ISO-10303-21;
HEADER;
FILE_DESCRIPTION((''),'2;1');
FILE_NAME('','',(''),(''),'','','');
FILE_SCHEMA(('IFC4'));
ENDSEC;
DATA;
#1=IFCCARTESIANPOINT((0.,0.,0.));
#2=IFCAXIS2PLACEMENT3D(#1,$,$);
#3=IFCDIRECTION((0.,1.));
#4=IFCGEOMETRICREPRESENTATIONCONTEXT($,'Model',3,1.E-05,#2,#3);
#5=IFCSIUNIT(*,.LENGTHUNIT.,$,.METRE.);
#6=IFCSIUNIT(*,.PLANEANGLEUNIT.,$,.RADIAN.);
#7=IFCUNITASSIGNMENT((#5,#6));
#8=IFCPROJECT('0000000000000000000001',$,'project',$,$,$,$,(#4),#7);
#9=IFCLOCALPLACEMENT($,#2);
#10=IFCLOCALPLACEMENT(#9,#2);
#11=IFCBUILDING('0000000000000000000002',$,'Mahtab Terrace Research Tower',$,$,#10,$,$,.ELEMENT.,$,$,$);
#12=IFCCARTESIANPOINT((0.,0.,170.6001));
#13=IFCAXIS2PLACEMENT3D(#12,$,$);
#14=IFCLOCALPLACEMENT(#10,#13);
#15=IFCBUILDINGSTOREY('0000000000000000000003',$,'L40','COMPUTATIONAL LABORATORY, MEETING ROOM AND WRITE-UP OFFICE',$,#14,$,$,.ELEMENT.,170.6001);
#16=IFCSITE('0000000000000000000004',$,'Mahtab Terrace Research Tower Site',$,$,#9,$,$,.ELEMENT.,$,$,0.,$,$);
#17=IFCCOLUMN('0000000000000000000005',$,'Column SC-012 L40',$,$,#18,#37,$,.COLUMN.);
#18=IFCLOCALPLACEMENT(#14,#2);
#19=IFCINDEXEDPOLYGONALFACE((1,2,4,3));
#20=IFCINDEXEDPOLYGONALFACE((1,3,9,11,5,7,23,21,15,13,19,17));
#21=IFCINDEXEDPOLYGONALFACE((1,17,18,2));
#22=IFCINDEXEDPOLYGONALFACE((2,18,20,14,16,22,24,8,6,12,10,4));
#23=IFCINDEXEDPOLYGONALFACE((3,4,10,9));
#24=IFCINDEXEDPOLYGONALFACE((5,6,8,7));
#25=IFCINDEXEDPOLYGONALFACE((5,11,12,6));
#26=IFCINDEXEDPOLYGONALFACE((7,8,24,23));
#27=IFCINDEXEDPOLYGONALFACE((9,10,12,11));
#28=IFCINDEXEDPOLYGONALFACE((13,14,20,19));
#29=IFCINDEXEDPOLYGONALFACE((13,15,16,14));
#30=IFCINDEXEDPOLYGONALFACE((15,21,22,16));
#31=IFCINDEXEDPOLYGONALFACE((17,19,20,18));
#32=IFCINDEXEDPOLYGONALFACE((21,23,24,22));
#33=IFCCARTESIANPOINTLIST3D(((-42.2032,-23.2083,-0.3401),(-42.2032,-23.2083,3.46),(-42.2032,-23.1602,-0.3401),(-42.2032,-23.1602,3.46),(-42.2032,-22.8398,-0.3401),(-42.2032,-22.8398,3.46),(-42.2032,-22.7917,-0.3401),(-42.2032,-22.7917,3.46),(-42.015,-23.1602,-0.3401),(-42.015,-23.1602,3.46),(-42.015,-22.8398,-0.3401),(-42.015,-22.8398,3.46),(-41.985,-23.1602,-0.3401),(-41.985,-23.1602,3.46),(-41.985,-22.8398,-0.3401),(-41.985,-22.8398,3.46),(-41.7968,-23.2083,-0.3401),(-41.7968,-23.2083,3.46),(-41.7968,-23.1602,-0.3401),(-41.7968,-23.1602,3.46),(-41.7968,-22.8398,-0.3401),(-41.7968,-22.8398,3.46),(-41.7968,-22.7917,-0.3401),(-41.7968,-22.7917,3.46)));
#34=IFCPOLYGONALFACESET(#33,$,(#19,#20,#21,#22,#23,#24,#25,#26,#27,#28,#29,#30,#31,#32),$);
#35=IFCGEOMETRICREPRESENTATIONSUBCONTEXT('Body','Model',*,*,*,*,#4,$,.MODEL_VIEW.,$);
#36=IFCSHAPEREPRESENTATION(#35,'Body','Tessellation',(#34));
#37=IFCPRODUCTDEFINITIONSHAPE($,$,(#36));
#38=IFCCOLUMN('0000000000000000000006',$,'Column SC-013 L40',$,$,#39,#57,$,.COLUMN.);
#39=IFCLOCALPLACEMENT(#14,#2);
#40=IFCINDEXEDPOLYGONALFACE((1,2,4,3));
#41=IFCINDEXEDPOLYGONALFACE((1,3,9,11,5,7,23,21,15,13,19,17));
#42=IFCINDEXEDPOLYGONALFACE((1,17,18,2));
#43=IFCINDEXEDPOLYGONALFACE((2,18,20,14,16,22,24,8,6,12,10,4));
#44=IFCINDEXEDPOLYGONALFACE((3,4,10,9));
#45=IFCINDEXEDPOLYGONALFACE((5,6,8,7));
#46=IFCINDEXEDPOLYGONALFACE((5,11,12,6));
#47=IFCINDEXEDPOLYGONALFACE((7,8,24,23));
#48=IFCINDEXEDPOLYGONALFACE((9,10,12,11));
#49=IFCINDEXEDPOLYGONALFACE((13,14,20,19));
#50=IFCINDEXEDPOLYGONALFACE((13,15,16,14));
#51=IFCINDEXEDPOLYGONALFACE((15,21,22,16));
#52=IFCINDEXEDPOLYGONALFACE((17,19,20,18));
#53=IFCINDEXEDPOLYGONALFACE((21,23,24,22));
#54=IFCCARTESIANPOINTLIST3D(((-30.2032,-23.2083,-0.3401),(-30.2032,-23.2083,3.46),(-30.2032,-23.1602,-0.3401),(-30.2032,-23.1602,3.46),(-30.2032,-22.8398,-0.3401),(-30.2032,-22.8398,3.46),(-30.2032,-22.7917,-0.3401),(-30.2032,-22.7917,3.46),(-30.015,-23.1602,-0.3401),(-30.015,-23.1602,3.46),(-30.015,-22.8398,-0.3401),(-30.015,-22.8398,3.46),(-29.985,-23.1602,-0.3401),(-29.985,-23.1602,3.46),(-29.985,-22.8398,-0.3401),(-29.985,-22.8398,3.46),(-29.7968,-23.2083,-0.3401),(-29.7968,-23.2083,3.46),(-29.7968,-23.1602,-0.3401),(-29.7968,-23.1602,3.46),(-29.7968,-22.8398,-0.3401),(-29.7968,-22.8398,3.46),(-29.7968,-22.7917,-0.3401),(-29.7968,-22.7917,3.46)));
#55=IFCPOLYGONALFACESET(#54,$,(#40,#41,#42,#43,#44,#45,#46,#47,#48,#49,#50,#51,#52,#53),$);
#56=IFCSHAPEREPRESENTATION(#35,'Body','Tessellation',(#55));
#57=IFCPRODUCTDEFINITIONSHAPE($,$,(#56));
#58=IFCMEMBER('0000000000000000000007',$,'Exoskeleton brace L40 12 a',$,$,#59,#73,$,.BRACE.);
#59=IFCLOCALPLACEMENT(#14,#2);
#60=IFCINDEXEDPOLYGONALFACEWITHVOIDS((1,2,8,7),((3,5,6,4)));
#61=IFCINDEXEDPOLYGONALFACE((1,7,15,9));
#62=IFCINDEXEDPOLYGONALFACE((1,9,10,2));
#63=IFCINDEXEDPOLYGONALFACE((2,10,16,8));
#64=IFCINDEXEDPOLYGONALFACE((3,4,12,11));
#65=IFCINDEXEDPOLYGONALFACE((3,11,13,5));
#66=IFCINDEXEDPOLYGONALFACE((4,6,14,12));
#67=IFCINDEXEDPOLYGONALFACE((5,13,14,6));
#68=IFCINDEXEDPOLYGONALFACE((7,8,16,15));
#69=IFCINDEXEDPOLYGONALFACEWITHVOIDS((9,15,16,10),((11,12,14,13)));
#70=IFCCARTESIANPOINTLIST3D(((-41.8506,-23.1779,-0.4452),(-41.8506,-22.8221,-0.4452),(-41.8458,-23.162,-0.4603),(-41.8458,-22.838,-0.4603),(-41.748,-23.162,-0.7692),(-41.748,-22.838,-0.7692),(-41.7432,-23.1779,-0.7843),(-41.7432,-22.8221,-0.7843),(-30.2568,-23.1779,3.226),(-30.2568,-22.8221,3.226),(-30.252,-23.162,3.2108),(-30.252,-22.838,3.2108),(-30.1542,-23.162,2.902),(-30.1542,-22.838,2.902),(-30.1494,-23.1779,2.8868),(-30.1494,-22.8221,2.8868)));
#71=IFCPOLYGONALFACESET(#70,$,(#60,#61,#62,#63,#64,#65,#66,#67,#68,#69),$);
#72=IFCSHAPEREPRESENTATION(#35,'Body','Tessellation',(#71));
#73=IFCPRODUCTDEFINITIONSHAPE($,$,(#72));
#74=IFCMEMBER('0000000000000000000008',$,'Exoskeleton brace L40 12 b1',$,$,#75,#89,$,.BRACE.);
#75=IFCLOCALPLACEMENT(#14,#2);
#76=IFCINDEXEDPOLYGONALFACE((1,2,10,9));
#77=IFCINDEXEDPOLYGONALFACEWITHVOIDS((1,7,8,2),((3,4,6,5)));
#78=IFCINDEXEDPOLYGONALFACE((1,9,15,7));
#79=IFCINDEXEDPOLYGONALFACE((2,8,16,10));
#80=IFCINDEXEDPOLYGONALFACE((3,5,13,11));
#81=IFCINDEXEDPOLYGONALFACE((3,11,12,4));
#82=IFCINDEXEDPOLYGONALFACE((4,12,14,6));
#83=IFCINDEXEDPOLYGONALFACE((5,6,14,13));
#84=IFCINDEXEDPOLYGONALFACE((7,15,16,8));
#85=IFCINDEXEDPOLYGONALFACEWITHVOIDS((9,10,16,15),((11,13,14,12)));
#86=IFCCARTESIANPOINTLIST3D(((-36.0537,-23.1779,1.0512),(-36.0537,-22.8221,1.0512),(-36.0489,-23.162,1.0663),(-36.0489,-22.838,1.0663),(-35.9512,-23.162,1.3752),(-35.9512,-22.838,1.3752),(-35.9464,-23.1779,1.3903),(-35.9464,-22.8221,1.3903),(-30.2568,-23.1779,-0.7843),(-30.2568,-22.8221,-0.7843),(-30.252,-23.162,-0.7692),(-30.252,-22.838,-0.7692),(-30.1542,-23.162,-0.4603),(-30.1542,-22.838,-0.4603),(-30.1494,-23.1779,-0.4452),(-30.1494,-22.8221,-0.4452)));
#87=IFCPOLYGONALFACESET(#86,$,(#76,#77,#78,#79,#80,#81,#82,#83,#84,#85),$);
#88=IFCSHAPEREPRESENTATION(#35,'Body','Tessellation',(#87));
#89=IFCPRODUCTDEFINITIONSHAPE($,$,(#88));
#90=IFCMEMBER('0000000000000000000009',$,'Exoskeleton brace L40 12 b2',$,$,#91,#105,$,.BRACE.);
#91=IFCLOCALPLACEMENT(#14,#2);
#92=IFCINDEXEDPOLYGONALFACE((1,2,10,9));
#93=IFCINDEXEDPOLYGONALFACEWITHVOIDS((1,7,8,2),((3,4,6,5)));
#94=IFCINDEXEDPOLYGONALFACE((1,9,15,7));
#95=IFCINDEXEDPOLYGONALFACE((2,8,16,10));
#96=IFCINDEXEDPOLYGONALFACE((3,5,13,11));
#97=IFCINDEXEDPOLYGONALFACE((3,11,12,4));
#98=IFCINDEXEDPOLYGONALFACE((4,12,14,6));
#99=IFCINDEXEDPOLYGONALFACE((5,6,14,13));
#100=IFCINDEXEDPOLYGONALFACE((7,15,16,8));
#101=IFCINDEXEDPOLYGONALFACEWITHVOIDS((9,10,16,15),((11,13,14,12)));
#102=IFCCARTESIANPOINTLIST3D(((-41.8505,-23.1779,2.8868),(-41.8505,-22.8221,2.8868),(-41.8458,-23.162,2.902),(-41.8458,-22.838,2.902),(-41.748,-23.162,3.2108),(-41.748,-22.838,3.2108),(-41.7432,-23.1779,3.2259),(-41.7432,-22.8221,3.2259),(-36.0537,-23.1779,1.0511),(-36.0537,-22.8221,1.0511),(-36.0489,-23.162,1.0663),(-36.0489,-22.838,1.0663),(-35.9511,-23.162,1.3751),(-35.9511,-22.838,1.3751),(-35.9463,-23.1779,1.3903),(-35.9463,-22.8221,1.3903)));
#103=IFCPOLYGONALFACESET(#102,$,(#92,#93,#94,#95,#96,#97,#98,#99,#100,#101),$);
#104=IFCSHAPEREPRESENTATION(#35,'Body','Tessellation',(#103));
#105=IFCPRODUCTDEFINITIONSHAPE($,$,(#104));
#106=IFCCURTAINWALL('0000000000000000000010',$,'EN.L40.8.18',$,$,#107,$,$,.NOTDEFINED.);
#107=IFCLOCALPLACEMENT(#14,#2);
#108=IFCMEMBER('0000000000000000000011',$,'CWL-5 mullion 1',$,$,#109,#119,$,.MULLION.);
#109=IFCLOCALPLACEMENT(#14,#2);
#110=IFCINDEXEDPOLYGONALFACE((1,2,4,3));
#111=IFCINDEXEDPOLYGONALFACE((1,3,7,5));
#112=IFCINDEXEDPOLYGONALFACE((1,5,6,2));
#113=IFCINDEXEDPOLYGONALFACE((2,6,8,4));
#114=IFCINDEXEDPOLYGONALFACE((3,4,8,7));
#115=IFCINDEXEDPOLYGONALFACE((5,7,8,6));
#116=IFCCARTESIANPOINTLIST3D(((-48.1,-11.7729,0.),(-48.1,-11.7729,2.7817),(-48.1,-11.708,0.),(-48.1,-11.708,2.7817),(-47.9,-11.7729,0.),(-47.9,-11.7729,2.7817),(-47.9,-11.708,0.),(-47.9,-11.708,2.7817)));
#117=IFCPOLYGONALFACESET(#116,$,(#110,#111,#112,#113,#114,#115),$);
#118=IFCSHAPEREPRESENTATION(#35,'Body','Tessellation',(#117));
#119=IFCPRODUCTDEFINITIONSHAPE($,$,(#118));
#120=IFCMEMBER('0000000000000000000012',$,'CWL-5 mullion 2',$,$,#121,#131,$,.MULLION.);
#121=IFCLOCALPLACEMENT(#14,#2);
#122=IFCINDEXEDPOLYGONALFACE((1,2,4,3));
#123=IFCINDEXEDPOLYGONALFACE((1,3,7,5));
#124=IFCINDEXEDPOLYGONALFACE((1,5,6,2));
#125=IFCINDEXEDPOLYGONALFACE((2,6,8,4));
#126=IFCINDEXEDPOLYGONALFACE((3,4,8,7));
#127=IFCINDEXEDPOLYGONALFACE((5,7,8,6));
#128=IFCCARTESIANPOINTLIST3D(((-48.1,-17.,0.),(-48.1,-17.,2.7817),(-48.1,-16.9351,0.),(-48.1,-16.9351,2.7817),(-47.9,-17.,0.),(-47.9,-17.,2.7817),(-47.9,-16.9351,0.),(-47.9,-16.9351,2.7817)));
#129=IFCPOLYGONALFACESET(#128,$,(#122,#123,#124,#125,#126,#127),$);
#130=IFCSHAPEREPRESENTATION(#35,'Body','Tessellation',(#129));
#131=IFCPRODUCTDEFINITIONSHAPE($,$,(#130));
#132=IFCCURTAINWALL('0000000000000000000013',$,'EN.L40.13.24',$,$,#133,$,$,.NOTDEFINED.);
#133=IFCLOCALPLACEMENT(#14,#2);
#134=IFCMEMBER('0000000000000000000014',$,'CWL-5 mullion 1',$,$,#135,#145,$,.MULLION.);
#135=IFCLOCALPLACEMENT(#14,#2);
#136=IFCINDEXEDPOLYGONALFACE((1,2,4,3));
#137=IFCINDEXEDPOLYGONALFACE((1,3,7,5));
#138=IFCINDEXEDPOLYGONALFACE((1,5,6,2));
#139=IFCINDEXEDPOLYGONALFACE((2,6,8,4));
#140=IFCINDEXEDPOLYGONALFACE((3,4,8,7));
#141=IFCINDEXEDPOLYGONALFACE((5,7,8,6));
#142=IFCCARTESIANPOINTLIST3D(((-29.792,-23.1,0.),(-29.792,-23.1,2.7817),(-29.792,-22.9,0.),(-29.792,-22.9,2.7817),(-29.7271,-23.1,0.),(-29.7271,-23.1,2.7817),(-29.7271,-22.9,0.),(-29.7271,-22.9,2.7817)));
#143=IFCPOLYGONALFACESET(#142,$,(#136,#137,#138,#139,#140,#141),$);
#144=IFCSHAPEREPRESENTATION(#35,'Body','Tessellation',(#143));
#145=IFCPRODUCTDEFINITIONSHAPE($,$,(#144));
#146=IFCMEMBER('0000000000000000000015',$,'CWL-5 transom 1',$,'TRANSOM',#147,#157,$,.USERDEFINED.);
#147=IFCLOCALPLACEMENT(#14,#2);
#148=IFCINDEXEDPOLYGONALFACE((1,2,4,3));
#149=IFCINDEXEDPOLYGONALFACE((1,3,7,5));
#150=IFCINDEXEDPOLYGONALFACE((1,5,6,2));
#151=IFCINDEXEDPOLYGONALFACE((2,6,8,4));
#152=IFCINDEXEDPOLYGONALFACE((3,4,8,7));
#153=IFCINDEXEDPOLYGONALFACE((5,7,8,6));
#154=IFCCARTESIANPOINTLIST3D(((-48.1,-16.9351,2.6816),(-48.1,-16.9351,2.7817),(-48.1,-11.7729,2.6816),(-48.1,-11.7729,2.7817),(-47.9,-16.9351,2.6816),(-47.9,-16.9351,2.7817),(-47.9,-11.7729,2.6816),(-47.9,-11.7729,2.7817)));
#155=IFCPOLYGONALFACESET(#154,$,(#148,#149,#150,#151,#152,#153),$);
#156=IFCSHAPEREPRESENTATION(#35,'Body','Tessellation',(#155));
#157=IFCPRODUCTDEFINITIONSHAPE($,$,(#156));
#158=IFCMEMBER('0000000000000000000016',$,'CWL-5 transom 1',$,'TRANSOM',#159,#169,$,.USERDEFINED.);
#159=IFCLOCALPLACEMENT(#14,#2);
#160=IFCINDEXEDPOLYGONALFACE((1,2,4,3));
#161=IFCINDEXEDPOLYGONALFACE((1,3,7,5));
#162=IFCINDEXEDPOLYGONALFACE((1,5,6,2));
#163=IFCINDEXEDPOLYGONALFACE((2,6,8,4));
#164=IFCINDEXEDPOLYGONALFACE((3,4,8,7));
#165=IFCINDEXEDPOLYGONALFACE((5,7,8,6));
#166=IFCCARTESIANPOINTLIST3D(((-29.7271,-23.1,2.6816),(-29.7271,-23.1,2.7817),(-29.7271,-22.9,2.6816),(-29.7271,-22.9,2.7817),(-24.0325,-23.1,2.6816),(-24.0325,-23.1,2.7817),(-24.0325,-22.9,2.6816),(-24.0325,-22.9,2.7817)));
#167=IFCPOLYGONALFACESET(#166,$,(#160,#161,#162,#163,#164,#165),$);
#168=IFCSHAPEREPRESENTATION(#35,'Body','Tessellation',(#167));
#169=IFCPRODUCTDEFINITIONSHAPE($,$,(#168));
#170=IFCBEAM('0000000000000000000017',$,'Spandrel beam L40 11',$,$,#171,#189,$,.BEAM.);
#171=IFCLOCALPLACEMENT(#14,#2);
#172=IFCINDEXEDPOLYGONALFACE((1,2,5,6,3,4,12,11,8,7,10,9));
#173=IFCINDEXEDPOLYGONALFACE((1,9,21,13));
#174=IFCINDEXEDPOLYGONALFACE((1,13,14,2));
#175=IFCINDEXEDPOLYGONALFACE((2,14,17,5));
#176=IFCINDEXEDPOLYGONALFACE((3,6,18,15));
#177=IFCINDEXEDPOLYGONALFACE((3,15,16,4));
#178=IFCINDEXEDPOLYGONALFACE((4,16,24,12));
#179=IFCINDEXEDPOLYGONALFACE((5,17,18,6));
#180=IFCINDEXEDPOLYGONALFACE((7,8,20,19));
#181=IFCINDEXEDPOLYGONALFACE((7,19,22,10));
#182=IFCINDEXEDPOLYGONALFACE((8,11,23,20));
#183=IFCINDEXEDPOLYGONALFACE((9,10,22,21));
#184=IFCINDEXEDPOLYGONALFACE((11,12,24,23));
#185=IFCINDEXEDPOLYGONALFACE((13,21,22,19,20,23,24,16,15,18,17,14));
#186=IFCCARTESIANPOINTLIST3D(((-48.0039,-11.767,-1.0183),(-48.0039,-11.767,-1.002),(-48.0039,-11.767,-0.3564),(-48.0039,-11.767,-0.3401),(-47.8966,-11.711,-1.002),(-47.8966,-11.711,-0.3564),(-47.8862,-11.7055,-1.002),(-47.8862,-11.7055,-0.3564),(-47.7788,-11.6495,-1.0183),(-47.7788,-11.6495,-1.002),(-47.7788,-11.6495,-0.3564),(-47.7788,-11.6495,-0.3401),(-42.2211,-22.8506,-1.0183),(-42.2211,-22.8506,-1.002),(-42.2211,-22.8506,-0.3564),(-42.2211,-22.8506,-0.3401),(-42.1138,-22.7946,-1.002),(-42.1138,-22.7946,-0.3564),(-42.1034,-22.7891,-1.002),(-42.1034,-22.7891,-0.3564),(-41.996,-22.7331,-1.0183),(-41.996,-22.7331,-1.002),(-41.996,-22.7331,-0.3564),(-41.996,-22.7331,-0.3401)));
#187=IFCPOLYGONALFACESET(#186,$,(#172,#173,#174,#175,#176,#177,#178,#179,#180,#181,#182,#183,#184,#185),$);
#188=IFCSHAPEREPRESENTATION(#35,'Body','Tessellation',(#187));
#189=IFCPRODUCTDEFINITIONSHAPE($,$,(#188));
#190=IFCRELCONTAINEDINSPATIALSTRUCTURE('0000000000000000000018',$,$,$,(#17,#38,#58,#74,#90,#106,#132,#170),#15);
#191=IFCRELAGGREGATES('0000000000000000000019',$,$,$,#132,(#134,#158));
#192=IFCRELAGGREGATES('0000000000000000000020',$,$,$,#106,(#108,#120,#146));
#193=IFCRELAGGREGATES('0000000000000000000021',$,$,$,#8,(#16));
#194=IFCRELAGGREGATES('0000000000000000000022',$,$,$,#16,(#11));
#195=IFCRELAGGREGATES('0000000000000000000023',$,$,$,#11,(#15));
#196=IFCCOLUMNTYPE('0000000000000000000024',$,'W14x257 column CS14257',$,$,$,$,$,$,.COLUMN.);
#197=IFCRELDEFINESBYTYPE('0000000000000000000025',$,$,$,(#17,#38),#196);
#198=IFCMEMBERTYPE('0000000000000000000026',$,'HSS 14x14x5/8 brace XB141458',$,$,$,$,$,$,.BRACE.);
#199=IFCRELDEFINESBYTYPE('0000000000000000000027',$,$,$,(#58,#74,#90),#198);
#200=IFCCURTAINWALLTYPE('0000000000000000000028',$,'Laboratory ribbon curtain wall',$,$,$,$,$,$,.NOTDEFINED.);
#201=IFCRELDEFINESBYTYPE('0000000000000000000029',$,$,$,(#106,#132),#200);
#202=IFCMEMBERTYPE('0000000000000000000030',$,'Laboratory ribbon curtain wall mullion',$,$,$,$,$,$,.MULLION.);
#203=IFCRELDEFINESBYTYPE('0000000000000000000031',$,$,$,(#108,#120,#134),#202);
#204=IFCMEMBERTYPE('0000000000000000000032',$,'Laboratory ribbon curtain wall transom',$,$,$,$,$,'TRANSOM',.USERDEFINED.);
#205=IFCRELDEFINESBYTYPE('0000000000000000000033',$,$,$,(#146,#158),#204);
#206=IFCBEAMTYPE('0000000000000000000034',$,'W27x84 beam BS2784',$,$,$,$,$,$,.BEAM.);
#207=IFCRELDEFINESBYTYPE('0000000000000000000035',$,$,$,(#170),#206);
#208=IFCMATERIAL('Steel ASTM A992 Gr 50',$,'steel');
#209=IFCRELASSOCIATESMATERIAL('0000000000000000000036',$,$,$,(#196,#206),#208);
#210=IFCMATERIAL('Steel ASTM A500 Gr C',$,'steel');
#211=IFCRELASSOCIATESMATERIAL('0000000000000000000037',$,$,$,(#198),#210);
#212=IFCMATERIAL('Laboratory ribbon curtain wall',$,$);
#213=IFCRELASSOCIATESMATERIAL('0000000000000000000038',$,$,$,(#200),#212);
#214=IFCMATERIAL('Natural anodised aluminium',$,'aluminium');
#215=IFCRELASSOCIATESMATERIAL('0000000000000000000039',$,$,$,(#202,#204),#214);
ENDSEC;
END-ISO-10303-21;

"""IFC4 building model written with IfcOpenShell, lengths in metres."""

from ifc_helpers import new_model, si_unit, direction, frame, origin, origin_2d, place, context, subcontext, project, spatial, rectangle, hollow_rectangle, i_section, extrude, material, material_profile, profile_set, type_object, element, aggregate, save


model = new_model("IFC4")

# Units and contexts
model_context = context("Model", 3, precision=1e-05, world=origin(), true_north=direction((0.0, 1.0)))
body_context = subcontext(model_context, "Body", "Model", "MODEL_VIEW")
ifc_project = project(units=[si_unit("LENGTHUNIT", "METRE"), si_unit("PLANEANGLEUNIT", "RADIAN")], contexts=[model_context])

# Site, building, storey
site_placement = place(None, origin())
site = spatial("IfcSite", under=ifc_project, at=site_placement, Name="Mahtab Terrace Research Tower Site", CompositionType="ELEMENT", RefElevation=0.0)
building_placement = place(site_placement, origin())
building = spatial("IfcBuilding", under=site, at=building_placement, Name="Mahtab Terrace Research Tower", CompositionType="ELEMENT")
storey_placement = place(building_placement, frame((0.0, 0.0, 170.6001)))
storey = spatial("IfcBuildingStorey", under=building, at=storey_placement, Name="L40", Description="COMPUTATIONAL LABORATORY, MEETING ROOM AND WRITE-UP OFFICE", CompositionType="ELEMENT", Elevation=170.6001)

# Columns
ifc_material_1 = material(Name="Steel ASTM A992 Gr 50", Category="steel")
ifc_material_profile_1 = material_profile(ifc_material_1, i_section(OverallWidth=0.4065, OverallDepth=0.4165, WebThickness=0.03, FlangeThickness=0.0481, at=origin_2d()), Name="W14X257")
ifc_profile_set_1 = profile_set([ifc_material_profile_1], Name="Steel ASTM A992 Gr 50")
column_type = type_object("IfcColumnType", Name="W14x257 column CS14257", PredefinedType="COLUMN", material=ifc_profile_set_1)
for number, where, z_axis, x_axis, name in (
    (1, (-42.0, -23.0, -0.3401), (0.0, 0.0, 1.0), (1.0, 0.0, 0.0), "Column SC-012 L40"),
    (2, (-30.0, -23.0, -0.3401), (0.0, 0.0, 1.0), (1.0, 0.0, 0.0), "Column SC-013 L40"),
):
    element("IfcColumn", number, at=place(storey_placement, frame(where, z_axis=z_axis, x_axis=x_axis)), inside=storey, type_object=column_type, Name=name, PredefinedType="COLUMN", context=body_context, shape_type="SweptSolid", body=[
        extrude(i_section(OverallWidth=0.4065, OverallDepth=0.4165, WebThickness=0.03, FlangeThickness=0.0481, at=origin_2d()), origin(), (0.0, 0.0, 1.0), 3.8),
    ])

# Members
ifc_material_2 = material(Name="Steel ASTM A500 Gr C", Category="steel")
ifc_material_profile_2 = material_profile(ifc_material_2, hollow_rectangle(XDim=0.3557, YDim=0.3557, WallThickness=0.0159, at=origin_2d()), Name="HSS14X14X5/8")
ifc_profile_set_2 = profile_set([ifc_material_profile_2], Name="Steel ASTM A500 Gr C")
member_type_1 = type_object("IfcMemberType", Name="HSS 14x14x5/8 brace XB141458", PredefinedType="BRACE", material=ifc_profile_set_2)
member_1_placement = place(storey_placement, frame((-41.7969, -23.0, -0.6147), z_axis=(0.953347, 0.0, 0.301876), x_axis=(0.0, 1.0, 0.0)))
element("IfcMember", 3, at=member_1_placement, inside=storey, type_object=member_type_1, Name="Exoskeleton brace L40 12 a", PredefinedType="BRACE", context=body_context, shape_type="SweptSolid", body=[
    extrude(hollow_rectangle(XDim=0.3557, YDim=0.3557, WallThickness=0.0159, at=origin_2d()), origin(), (0.0, 0.0, 1.0), 12.1611),
])
for number, where, z_axis, x_axis, name in (
    (4, (-30.2031, -23.0, -0.6147), (-0.953353, 0.0, 0.301858), (0.0, -1.0, 0.0), "Exoskeleton brace L40 12 b1"),
    (5, (-36.0, -23.0, 1.2207), (-0.953341, 0.0, 0.301894), (0.0, -1.0, 0.0), "Exoskeleton brace L40 12 b2"),
):
    element("IfcMember", number, at=place(storey_placement, frame(where, z_axis=z_axis, x_axis=x_axis)), inside=storey, type_object=member_type_1, Name=name, PredefinedType="BRACE", context=body_context, shape_type="SweptSolid", body=[
        extrude(hollow_rectangle(XDim=0.3557, YDim=0.3557, WallThickness=0.0159, at=origin_2d()), origin(), (0.0, 0.0, 1.0), 6.0806),
    ])

# Curtain wall, members
ifc_material_3 = material(Name="Laboratory ribbon curtain wall")
curtain_wall_type = type_object("IfcCurtainWallType", Name="Laboratory ribbon curtain wall", PredefinedType="NOTDEFINED", material=ifc_material_3)
curtain_wall_1_placement = place(storey_placement, origin())
curtain_wall_1 = element("IfcCurtainWall", 6, at=curtain_wall_1_placement, inside=storey, type_object=curtain_wall_type, Name="EN.L40.8.18", PredefinedType="NOTDEFINED")
ifc_material_4 = material(Name="Natural anodised aluminium", Category="aluminium")
ifc_material_profile_3 = material_profile(ifc_material_4, rectangle(XDim=0.2, YDim=0.0649, at=origin_2d()), Name="MULLION 65x200")
ifc_profile_set_3 = profile_set([ifc_material_profile_3], Name="Natural anodised aluminium")
member_type_2 = type_object("IfcMemberType", Name="Laboratory ribbon curtain wall mullion", PredefinedType="MULLION", material=ifc_profile_set_3)
member_2_placement = place(storey_placement, frame((-48.0, -11.7405, 0.0), z_axis=(0.0, 0.0, 1.0), x_axis=(1.0, 0.0, 0.0)))
member_2 = element("IfcMember", 7, at=member_2_placement, type_object=member_type_2, Name="CWL-5 mullion 1", PredefinedType="MULLION", context=body_context, shape_type="SweptSolid", body=[
    extrude(rectangle(XDim=0.2, YDim=0.0649, at=origin_2d()), origin(), (0.0, 0.0, 1.0), 2.7817),
])
member_3_placement = place(storey_placement, frame((-48.0, -16.9675, 0.0), z_axis=(0.0, 0.0, 1.0), x_axis=(1.0, 0.0, 0.0)))
member_3 = element("IfcMember", 8, at=member_3_placement, type_object=member_type_2, Name="CWL-5 mullion 2", PredefinedType="MULLION", context=body_context, shape_type="SweptSolid", body=[
    extrude(rectangle(XDim=0.2, YDim=0.0649, at=origin_2d()), origin(), (0.0, 0.0, 1.0), 2.7817),
])

# Curtain wall, member
curtain_wall_2_placement = place(storey_placement, origin())
curtain_wall_2 = element("IfcCurtainWall", 9, at=curtain_wall_2_placement, inside=storey, type_object=curtain_wall_type, Name="EN.L40.13.24", PredefinedType="NOTDEFINED")
member_4_placement = place(storey_placement, frame((-29.7595, -23.0, 0.0), z_axis=(0.0, 0.0, 1.0), x_axis=(0.0, 1.0, 0.0)))
member_4 = element("IfcMember", 10, at=member_4_placement, type_object=member_type_2, Name="CWL-5 mullion 1", PredefinedType="MULLION", context=body_context, shape_type="SweptSolid", body=[
    extrude(rectangle(XDim=0.2, YDim=0.0649, at=origin_2d()), origin(), (0.0, 0.0, 1.0), 2.7817),
])

# Members
ifc_material_profile_4 = material_profile(ifc_material_4, rectangle(XDim=0.2, YDim=0.1001, at=origin_2d()), Name="TRANSOM 100x200")
ifc_profile_set_4 = profile_set([ifc_material_profile_4], Name="Natural anodised aluminium")
member_type_3 = type_object("IfcMemberType", Name="Laboratory ribbon curtain wall transom", ElementType="TRANSOM", PredefinedType="USERDEFINED", material=ifc_profile_set_4)
member_5_placement = place(storey_placement, frame((-48.0, -11.7729, 2.7317), z_axis=(0.0, -1.0, 0.0), x_axis=(1.0, 0.0, 0.0)))
member_5 = element("IfcMember", 11, at=member_5_placement, type_object=member_type_3, Name="CWL-5 transom 1", ObjectType="TRANSOM", PredefinedType="USERDEFINED", context=body_context, shape_type="SweptSolid", body=[
    extrude(rectangle(XDim=0.2, YDim=0.1001, at=origin_2d()), origin(), (0.0, 0.0, 1.0), 5.1621),
])
member_6_placement = place(storey_placement, frame((-29.7271, -23.0, 2.7317), z_axis=(1.0, 0.0, 0.0), x_axis=(0.0, 1.0, 0.0)))
member_6 = element("IfcMember", 12, at=member_6_placement, type_object=member_type_3, Name="CWL-5 transom 1", ObjectType="TRANSOM", PredefinedType="USERDEFINED", context=body_context, shape_type="SweptSolid", body=[
    extrude(rectangle(XDim=0.2, YDim=0.1001, at=origin_2d()), origin(), (0.0, 0.0, 1.0), 5.6946),
])
aggregate(curtain_wall_2, [member_4, member_6])

# Beam
ifc_material_profile_5 = material_profile(ifc_material_1, i_section(OverallWidth=0.2539, OverallDepth=0.6782, WebThickness=0.0117, FlangeThickness=0.0164, at=origin_2d()), Name="W27X84")
ifc_profile_set_5 = profile_set([ifc_material_profile_5], Name="Steel ASTM A992 Gr 50")
beam_type = type_object("IfcBeamType", Name="W27x84 beam BS2784", PredefinedType="BEAM", material=ifc_profile_set_5)
beam_placement = place(storey_placement, frame((-47.8914, -11.7083, -0.6792), z_axis=(0.462567, -0.886584, 0.0), x_axis=(0.886584, 0.462567, 0.0)))
element("IfcBeam", 13, at=beam_placement, inside=storey, type_object=beam_type, Name="Spandrel beam L40 11", PredefinedType="BEAM", context=body_context, shape_type="SweptSolid", body=[
    extrude(i_section(OverallWidth=0.2539, OverallDepth=0.6782, WebThickness=0.0117, FlangeThickness=0.0164, at=origin_2d()), origin(), (0.0, 0.0, 1.0), 12.5015),
])

aggregate(curtain_wall_1, [member_2, member_3, member_5])

save(model, "model.ifc")
